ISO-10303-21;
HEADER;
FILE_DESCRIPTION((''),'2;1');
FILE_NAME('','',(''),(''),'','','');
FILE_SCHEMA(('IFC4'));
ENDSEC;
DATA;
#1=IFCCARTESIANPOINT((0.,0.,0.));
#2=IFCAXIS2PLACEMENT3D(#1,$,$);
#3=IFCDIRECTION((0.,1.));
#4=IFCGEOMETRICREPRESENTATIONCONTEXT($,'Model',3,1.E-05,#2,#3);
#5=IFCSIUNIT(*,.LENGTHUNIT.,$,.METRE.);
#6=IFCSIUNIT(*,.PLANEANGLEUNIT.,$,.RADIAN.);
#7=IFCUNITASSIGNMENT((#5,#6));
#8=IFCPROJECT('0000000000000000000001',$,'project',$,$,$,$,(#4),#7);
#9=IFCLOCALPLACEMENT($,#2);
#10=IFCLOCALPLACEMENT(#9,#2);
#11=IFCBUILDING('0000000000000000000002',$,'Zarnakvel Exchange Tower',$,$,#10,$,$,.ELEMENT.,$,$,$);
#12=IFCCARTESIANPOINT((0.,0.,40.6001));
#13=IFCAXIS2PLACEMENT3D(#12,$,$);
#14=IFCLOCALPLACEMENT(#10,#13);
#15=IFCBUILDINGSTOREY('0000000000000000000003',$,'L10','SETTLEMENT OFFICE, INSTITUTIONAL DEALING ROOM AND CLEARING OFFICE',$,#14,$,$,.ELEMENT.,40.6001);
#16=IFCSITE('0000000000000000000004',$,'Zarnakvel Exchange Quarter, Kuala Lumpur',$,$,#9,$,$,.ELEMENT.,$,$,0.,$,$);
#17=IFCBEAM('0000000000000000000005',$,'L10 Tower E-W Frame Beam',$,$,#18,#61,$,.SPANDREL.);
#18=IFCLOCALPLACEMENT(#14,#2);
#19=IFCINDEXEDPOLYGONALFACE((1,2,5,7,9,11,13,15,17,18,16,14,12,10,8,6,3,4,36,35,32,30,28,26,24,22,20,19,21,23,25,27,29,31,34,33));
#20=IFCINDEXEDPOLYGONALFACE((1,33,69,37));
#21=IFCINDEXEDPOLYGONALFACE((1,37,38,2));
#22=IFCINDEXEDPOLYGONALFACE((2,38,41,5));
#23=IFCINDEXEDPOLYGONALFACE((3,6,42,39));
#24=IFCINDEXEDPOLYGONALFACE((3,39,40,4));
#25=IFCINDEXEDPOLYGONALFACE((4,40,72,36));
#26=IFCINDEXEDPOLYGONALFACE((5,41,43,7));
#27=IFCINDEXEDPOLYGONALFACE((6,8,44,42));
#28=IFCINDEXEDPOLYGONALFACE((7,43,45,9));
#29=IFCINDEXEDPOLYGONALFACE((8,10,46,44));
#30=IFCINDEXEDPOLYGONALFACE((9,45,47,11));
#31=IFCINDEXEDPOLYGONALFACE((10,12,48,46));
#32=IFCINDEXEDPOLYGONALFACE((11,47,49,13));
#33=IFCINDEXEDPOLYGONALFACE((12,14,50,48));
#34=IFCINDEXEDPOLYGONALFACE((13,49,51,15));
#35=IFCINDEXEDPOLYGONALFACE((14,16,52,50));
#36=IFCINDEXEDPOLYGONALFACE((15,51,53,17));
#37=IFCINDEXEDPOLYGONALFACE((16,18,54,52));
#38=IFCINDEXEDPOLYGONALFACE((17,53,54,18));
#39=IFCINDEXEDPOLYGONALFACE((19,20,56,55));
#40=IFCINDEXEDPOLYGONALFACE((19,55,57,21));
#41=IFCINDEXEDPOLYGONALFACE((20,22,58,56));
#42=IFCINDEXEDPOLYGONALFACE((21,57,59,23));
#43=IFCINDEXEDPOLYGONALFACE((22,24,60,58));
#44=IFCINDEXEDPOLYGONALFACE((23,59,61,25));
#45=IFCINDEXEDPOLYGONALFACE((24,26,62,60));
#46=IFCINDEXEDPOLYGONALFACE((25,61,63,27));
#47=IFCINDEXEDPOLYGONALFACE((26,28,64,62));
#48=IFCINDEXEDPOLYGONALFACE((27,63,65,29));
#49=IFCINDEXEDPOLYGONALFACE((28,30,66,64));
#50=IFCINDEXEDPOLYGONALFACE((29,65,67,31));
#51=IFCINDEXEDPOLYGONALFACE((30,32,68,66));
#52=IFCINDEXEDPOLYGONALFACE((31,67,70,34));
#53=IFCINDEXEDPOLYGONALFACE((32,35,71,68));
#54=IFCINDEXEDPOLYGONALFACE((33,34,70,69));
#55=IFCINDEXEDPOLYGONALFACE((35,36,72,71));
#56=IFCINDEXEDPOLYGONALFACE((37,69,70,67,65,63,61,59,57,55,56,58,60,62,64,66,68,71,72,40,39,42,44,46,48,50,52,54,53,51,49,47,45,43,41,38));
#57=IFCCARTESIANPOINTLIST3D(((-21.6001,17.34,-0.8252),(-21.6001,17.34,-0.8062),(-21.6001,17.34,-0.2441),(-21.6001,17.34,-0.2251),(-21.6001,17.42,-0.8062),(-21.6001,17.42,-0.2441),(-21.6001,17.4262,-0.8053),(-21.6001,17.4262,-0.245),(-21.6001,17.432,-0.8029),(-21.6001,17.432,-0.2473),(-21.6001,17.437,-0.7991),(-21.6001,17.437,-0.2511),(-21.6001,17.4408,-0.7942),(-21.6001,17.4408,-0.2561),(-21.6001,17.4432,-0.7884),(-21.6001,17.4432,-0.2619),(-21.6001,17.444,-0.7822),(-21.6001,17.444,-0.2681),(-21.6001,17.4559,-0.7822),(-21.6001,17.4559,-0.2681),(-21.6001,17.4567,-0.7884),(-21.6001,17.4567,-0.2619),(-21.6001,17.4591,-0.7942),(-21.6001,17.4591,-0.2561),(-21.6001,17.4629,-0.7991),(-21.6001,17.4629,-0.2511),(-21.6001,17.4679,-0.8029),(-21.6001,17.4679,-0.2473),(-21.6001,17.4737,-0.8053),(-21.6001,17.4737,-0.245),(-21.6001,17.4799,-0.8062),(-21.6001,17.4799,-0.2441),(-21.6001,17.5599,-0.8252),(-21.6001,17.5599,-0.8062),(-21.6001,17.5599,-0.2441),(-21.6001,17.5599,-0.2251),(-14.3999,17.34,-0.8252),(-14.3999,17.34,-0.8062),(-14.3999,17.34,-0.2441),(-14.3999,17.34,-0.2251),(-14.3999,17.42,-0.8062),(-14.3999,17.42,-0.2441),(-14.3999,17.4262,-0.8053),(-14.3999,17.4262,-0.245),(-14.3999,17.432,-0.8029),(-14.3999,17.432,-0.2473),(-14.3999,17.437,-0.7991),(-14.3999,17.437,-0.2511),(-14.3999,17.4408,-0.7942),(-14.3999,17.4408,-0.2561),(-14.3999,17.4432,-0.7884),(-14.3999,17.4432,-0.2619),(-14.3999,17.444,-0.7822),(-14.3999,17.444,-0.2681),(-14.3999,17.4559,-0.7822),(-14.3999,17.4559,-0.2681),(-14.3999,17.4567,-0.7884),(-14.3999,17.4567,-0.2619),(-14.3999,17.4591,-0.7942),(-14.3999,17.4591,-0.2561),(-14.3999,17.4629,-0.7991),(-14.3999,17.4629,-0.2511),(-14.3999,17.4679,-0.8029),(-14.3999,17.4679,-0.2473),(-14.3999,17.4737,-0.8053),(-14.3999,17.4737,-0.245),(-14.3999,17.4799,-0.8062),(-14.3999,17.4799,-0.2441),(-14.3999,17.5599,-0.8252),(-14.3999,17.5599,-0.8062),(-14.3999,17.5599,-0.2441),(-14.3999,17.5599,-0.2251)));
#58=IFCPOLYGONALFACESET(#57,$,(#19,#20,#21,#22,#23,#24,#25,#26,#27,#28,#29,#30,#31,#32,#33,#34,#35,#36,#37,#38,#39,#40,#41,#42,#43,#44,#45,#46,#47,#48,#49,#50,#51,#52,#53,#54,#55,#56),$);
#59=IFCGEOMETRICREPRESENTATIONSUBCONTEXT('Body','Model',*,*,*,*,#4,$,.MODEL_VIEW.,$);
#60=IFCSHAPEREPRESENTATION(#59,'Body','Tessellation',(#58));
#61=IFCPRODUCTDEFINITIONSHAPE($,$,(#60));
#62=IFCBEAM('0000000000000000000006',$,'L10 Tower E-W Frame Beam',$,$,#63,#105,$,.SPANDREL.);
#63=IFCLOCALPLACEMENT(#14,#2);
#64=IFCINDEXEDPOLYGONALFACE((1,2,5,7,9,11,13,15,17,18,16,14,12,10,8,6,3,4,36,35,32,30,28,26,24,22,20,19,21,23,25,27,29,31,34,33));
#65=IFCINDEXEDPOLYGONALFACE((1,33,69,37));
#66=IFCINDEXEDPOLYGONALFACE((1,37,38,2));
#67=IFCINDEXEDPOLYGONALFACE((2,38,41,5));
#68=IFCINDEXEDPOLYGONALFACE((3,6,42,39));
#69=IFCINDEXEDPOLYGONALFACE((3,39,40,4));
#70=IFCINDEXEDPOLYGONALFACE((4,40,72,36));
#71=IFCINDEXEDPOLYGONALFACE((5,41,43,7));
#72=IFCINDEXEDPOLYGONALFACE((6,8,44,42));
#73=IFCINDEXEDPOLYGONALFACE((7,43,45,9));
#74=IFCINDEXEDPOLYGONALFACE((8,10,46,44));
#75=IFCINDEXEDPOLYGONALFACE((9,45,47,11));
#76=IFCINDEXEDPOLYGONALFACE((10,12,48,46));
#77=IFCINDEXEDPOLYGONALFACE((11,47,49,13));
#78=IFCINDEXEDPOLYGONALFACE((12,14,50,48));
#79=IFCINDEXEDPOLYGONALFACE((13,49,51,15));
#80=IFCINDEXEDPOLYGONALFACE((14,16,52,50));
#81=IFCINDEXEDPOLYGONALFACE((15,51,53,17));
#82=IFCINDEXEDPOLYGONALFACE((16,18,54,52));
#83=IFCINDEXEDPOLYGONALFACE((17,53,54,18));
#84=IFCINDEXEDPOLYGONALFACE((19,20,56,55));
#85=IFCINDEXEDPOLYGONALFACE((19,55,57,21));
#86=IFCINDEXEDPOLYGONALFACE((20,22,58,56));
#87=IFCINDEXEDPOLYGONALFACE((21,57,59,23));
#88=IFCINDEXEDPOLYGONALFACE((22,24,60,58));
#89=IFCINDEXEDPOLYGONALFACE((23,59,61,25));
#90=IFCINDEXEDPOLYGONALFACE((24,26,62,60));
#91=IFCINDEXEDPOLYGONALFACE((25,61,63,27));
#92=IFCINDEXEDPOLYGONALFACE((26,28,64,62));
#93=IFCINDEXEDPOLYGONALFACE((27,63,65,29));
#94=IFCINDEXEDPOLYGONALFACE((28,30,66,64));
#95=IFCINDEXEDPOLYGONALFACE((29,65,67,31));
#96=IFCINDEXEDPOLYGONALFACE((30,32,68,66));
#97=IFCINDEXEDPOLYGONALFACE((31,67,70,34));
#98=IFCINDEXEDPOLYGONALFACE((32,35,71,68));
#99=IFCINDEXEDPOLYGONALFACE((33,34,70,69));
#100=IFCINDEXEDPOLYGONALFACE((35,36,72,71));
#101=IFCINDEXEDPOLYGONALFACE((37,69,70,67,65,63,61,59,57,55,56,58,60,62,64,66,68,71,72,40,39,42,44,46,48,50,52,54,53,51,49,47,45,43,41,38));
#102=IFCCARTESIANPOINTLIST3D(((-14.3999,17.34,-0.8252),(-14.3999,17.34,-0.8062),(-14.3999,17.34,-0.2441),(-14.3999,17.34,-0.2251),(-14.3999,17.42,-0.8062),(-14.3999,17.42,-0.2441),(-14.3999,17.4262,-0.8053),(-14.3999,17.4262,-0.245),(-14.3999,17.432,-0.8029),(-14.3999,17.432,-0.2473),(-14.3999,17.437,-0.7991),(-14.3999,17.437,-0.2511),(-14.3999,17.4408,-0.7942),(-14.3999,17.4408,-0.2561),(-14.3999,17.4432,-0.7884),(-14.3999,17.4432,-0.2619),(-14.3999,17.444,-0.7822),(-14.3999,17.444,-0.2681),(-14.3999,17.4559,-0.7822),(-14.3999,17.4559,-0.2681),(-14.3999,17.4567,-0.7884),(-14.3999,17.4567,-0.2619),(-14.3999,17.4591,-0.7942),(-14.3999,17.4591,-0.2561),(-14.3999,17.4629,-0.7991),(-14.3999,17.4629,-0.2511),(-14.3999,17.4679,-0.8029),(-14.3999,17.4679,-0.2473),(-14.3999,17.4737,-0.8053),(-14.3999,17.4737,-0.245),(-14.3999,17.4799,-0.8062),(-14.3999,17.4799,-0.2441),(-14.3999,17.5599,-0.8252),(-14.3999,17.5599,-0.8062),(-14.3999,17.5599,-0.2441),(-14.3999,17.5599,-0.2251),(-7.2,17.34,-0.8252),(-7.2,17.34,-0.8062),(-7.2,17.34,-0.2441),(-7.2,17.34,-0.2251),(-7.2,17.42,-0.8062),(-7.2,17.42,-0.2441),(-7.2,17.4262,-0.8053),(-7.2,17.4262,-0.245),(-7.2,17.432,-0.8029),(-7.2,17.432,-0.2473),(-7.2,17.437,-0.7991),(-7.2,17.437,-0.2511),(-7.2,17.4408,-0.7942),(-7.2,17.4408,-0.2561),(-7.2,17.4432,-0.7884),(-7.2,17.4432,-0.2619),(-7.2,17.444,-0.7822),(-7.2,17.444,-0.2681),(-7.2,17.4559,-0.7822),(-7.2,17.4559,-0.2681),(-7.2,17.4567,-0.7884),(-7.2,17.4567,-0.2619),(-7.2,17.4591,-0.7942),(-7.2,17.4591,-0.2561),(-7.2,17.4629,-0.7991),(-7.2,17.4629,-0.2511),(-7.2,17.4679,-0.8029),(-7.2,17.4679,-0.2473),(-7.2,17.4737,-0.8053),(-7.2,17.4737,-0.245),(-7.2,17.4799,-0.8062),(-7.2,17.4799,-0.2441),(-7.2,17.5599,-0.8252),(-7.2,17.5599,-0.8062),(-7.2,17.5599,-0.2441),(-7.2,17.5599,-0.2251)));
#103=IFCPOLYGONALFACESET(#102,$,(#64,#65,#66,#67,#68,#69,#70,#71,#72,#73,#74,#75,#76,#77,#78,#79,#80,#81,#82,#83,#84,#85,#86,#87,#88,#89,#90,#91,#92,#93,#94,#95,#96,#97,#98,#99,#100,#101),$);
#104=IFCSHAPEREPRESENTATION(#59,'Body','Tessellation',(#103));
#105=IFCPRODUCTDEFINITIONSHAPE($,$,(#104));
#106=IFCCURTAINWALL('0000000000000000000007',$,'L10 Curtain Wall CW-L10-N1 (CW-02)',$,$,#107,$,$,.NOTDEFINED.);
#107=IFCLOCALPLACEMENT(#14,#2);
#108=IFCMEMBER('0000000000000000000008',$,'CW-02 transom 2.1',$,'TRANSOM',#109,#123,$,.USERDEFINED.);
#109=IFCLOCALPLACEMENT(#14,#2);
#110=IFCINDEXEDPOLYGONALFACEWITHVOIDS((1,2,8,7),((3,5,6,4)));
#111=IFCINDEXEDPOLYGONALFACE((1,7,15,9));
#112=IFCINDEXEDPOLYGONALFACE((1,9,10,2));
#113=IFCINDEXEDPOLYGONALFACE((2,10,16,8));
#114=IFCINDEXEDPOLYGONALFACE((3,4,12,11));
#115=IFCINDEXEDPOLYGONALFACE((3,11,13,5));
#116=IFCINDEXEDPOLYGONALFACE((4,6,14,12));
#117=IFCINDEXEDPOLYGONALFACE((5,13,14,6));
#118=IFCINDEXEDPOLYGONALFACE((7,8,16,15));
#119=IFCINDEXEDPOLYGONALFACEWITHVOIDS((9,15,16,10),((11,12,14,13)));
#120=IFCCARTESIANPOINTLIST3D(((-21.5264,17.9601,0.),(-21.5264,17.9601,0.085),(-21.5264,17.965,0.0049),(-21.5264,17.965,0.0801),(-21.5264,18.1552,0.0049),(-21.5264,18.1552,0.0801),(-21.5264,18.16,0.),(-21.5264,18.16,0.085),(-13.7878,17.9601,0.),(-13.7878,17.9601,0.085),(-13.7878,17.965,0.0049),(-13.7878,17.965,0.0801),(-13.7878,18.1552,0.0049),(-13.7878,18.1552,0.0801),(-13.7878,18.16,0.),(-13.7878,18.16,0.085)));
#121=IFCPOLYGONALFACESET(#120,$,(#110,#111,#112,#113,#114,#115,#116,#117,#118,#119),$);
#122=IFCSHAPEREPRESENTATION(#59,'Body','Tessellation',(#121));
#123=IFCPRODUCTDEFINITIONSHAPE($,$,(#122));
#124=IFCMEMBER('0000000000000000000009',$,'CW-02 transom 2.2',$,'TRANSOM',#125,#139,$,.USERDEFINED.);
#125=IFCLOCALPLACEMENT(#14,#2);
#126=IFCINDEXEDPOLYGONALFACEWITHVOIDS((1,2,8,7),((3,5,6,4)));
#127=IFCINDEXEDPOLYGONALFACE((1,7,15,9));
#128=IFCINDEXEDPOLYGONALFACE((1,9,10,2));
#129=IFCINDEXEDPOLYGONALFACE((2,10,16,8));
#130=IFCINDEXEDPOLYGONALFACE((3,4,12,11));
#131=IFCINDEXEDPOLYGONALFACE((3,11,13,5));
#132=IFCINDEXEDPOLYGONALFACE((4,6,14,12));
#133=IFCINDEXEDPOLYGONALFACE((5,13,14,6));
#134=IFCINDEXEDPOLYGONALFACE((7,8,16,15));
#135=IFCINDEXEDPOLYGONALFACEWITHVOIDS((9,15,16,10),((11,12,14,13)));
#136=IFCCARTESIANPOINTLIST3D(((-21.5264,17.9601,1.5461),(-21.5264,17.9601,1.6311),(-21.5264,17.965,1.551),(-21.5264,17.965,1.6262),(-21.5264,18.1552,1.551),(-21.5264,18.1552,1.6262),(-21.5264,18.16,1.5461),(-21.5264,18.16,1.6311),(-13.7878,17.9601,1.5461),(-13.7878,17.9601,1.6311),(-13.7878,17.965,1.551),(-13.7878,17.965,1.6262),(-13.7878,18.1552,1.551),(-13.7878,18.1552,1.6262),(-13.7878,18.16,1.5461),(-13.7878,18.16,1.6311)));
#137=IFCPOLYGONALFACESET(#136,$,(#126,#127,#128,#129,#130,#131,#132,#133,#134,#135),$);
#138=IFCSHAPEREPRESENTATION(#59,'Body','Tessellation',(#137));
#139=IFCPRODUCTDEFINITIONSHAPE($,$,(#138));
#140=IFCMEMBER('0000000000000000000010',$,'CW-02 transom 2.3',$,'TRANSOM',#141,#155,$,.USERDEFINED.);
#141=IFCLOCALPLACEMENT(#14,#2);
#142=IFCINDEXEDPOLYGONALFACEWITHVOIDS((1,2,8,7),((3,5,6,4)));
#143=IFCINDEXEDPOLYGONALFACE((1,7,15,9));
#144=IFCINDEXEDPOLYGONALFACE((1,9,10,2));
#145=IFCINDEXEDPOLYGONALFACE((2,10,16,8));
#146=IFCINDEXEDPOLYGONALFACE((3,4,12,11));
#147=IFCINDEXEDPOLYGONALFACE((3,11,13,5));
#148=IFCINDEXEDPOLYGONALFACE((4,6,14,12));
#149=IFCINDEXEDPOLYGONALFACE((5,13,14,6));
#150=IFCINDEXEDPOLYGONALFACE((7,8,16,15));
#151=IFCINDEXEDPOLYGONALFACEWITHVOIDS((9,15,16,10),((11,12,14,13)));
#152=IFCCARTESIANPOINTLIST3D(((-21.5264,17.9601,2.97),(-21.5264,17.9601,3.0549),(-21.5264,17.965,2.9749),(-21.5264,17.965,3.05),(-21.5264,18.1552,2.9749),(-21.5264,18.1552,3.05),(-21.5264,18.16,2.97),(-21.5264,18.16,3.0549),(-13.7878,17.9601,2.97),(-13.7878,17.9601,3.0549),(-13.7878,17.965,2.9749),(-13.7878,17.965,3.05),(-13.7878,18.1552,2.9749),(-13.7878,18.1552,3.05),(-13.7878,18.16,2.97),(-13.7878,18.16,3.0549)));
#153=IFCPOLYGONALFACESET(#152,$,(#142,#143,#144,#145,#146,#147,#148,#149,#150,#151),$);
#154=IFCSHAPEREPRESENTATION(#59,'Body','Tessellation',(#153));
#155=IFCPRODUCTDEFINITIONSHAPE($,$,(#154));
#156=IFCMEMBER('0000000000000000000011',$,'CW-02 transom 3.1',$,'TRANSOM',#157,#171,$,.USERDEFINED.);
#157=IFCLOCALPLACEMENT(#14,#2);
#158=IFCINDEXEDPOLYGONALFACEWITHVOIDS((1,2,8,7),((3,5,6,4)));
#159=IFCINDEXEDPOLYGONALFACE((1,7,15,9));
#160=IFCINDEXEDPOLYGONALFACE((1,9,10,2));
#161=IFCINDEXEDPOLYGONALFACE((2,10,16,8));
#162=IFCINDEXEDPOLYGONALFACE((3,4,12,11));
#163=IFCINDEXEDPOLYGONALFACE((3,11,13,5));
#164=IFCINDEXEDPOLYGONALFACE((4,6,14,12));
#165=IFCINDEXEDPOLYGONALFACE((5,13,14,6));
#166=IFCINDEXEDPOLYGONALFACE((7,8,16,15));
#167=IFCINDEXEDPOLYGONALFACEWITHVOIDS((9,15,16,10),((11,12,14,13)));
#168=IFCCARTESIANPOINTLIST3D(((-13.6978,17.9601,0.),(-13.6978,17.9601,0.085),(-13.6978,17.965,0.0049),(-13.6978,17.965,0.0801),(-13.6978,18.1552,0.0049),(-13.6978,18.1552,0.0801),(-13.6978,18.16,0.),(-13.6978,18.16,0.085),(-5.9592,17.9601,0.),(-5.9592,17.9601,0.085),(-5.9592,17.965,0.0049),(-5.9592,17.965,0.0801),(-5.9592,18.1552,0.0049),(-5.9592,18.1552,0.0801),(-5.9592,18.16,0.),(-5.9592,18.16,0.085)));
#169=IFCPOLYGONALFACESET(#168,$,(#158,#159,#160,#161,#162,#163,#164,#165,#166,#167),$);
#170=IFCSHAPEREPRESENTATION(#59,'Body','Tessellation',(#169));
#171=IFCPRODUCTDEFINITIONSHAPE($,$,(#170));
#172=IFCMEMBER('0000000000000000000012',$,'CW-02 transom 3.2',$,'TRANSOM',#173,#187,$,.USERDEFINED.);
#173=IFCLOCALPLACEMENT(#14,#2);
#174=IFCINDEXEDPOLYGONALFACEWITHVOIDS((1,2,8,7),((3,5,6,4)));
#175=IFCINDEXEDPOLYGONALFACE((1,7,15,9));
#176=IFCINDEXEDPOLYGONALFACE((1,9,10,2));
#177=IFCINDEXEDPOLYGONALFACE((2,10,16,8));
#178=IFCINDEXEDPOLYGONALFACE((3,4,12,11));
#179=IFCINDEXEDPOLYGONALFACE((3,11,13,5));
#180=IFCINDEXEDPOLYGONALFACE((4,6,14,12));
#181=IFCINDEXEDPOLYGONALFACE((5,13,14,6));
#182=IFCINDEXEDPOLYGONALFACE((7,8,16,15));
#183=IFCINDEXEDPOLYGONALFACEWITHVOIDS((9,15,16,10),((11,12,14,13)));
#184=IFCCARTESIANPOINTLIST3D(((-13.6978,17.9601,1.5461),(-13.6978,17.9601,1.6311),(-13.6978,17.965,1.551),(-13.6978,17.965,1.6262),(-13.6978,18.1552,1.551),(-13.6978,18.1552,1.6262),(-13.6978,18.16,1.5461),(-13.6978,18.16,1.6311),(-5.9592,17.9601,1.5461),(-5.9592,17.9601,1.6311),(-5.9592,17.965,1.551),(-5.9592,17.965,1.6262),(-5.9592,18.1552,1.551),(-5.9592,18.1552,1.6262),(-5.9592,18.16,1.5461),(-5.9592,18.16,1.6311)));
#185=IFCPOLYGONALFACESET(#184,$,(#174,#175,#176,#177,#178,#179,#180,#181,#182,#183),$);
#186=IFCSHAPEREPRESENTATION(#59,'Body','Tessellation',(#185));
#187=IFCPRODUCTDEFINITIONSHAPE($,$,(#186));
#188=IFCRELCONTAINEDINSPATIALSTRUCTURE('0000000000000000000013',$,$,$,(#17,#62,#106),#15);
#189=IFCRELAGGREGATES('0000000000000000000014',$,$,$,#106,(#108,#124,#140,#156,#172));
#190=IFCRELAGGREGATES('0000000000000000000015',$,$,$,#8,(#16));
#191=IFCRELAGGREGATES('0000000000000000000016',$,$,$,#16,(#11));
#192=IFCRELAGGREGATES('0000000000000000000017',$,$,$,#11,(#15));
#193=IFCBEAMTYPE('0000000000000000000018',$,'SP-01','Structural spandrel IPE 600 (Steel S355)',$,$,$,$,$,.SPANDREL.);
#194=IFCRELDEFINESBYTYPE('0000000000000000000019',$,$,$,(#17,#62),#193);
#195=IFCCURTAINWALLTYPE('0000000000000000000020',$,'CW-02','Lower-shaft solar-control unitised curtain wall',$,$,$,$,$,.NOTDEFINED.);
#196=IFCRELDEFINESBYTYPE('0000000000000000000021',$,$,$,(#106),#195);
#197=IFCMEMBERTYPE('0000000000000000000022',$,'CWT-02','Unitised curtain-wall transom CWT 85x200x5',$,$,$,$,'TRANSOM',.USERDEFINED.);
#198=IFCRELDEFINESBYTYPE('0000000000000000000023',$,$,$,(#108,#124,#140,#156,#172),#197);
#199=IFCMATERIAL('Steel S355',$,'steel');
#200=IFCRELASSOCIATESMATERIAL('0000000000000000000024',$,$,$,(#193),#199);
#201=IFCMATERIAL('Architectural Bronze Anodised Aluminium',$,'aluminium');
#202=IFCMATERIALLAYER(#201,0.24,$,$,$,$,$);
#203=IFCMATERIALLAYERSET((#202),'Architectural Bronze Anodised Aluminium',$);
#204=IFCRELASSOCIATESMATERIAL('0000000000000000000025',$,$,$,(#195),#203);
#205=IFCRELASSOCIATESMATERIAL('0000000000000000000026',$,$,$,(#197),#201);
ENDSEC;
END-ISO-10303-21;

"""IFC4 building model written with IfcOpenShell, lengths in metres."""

from ifc_helpers import new_model, si_unit, direction, frame, origin, origin_2d, place, context, subcontext, project, spatial, hollow_rectangle, i_section, extrude, source, transform, mapped, material, layer, layer_set, material_profile, profile_set, type_object, element, aggregate, save


model = new_model("IFC4")

# Units and contexts
model_context = context("Model", 3, precision=1e-05, world=origin(), true_north=direction((0.0, 1.0)))
body_context = subcontext(model_context, "Body", "Model", "MODEL_VIEW")
ifc_project = project(units=[si_unit("LENGTHUNIT", "METRE"), si_unit("PLANEANGLEUNIT", "RADIAN")], contexts=[model_context])

# Site, building, storey
site_placement = place(None, origin())
site = spatial("IfcSite", under=ifc_project, at=site_placement, Name="Zarnakvel Exchange Quarter, Kuala Lumpur", CompositionType="ELEMENT", RefElevation=0.0)
building_placement = place(site_placement, origin())
building = spatial("IfcBuilding", under=site, at=building_placement, Name="Zarnakvel Exchange Tower", CompositionType="ELEMENT")
storey_placement = place(building_placement, frame((0.0, 0.0, 40.6001)))
storey = spatial("IfcBuildingStorey", under=building, at=storey_placement, Name="L10", Description="SETTLEMENT OFFICE, INSTITUTIONAL DEALING ROOM AND CLEARING OFFICE", CompositionType="ELEMENT", Elevation=40.6001)

# Beams
ifc_material_1 = material(Name="Steel S355", Category="steel")
ifc_material_profile_1 = material_profile(ifc_material_1, i_section(OverallWidth=0.22, OverallDepth=0.6001, WebThickness=0.012, FlangeThickness=0.019, FilletRadius=0.0239, at=origin_2d()))
ifc_profile_set_1 = profile_set([ifc_material_profile_1], Name="Steel S355")
beam_type_1 = type_object("IfcBeamType", Name="SP-01", Description="Structural spandrel IPE 600 (Steel S355)", PredefinedType="SPANDREL", material=ifc_profile_set_1)
beam_1_placement = place(storey_placement, frame((-21.6001, 17.45, -0.5251), z_axis=(1.0, 0.0, 0.0), x_axis=(0.0, 1.0, 0.0)))
element("IfcBeam", 1, at=beam_1_placement, inside=storey, type_object=beam_type_1, Name="L10 Tower E-W Frame Beam", PredefinedType="SPANDREL", context=body_context, shape_type="SweptSolid", body=[
    extrude(i_section(OverallWidth=0.22, OverallDepth=0.6001, WebThickness=0.012, FlangeThickness=0.019, FilletRadius=0.0239, at=origin_2d()), origin(), (0.0, 0.0, 1.0), 7.2002),
])
beam_2_placement = place(storey_placement, frame((-14.3999, 17.45, -0.5251), z_axis=(1.0, 0.0, 0.0), x_axis=(0.0, 1.0, 0.0)))
element("IfcBeam", 2, at=beam_2_placement, inside=storey, type_object=beam_type_1, Name="L10 Tower E-W Frame Beam", PredefinedType="SPANDREL", context=body_context, shape_type="SweptSolid", body=[
    extrude(i_section(OverallWidth=0.22, OverallDepth=0.6001, WebThickness=0.012, FlangeThickness=0.019, FilletRadius=0.0239, at=origin_2d()), origin(), (0.0, 0.0, 1.0), 7.2),
])

# Curtain wall, members
ifc_material_2 = material(Name="Architectural Bronze Anodised Aluminium", Category="aluminium")
ifc_layer_1 = layer(ifc_material_2, 0.24)
ifc_layer_set_1 = layer_set([ifc_layer_1], Name="Architectural Bronze Anodised Aluminium")
curtain_wall_type = type_object("IfcCurtainWallType", Name="CW-02", Description="Lower-shaft solar-control unitised curtain wall", PredefinedType="NOTDEFINED", material=ifc_layer_set_1)
curtain_wall_placement = place(storey_placement, origin())
curtain_wall = element("IfcCurtainWall", 3, at=curtain_wall_placement, inside=storey, type_object=curtain_wall_type, Name="L10 Curtain Wall CW-L10-N1 (CW-02)", PredefinedType="NOTDEFINED")
ifc_material_profile_2 = material_profile(ifc_material_2, hollow_rectangle(XDim=0.2, YDim=0.085, WallThickness=0.0049, at=origin_2d()))
ifc_profile_set_2 = profile_set([ifc_material_profile_2], Name="Architectural Bronze Anodised Aluminium")
member_type_1 = type_object("IfcMemberType", Name="CWT-02", Description="Unitised curtain-wall transom CWT 85x200x5", ElementType="TRANSOM", PredefinedType="USERDEFINED", material=ifc_profile_set_2)
shared_shape_1 = source(origin(), body_context, "Body", "SweptSolid", [
    extrude(hollow_rectangle(XDim=0.2, YDim=0.085, WallThickness=0.0049, at=origin_2d()), origin(), (0.0, 0.0, 1.0), 7.7385),
])
member_1_placement = place(storey_placement, frame((-21.5264, 18.0601, 0.0425), z_axis=(1.0, 0.0, 0.0), x_axis=(0.0, 1.0, 0.0)))
member_1 = element("IfcMember", 4, at=member_1_placement, type_object=member_type_1, Name="CW-02 transom 2.1", ObjectType="TRANSOM", PredefinedType="USERDEFINED", context=body_context, shape_type="MappedRepresentation", body=[
    mapped(shared_shape_1, transform((0.0, 0.0, 0.0), x_axis=(1.0, 0.0, 0.0), y_axis=(0.0, 1.0, 0.0), z_axis=(0.0, 0.0, 1.0), scale=1.0)),
])
member_2_placement = place(storey_placement, frame((-21.5264, 18.0601, 1.5886), z_axis=(1.0, 0.0, 0.0), x_axis=(0.0, 1.0, 0.0)))
member_2 = element("IfcMember", 5, at=member_2_placement, type_object=member_type_1, Name="CW-02 transom 2.2", ObjectType="TRANSOM", PredefinedType="USERDEFINED", context=body_context, shape_type="MappedRepresentation", body=[
    mapped(shared_shape_1, transform((0.0, 0.0, 0.0), x_axis=(1.0, 0.0, 0.0), y_axis=(0.0, 1.0, 0.0), z_axis=(0.0, 0.0, 1.0), scale=1.0)),
])
member_3_placement = place(storey_placement, frame((-21.5264, 18.0601, 3.0125), z_axis=(1.0, 0.0, 0.0), x_axis=(0.0, 1.0, 0.0)))
member_3 = element("IfcMember", 6, at=member_3_placement, type_object=member_type_1, Name="CW-02 transom 2.3", ObjectType="TRANSOM", PredefinedType="USERDEFINED", context=body_context, shape_type="MappedRepresentation", body=[
    mapped(shared_shape_1, transform((0.0, 0.0, 0.0), x_axis=(1.0, 0.0, 0.0), y_axis=(0.0, 1.0, 0.0), z_axis=(0.0, 0.0, 1.0), scale=1.0)),
])
member_4_placement = place(storey_placement, frame((-13.6978, 18.0601, 0.0425), z_axis=(1.0, 0.0, 0.0), x_axis=(0.0, 1.0, 0.0)))
member_4 = element("IfcMember", 7, at=member_4_placement, type_object=member_type_1, Name="CW-02 transom 3.1", ObjectType="TRANSOM", PredefinedType="USERDEFINED", context=body_context, shape_type="MappedRepresentation", body=[
    mapped(shared_shape_1, transform((0.0, 0.0, 0.0), x_axis=(1.0, 0.0, 0.0), y_axis=(0.0, 1.0, 0.0), z_axis=(0.0, 0.0, 1.0), scale=1.0)),
])
member_5_placement = place(storey_placement, frame((-13.6978, 18.0601, 1.5886), z_axis=(1.0, 0.0, 0.0), x_axis=(0.0, 1.0, 0.0)))
member_5 = element("IfcMember", 8, at=member_5_placement, type_object=member_type_1, Name="CW-02 transom 3.2", ObjectType="TRANSOM", PredefinedType="USERDEFINED", context=body_context, shape_type="MappedRepresentation", body=[
    mapped(shared_shape_1, transform((0.0, 0.0, 0.0), x_axis=(1.0, 0.0, 0.0), y_axis=(0.0, 1.0, 0.0), z_axis=(0.0, 0.0, 1.0), scale=1.0)),
])
aggregate(curtain_wall, [member_1, member_2, member_3, member_4, member_5])

save(model, "model.ifc")
